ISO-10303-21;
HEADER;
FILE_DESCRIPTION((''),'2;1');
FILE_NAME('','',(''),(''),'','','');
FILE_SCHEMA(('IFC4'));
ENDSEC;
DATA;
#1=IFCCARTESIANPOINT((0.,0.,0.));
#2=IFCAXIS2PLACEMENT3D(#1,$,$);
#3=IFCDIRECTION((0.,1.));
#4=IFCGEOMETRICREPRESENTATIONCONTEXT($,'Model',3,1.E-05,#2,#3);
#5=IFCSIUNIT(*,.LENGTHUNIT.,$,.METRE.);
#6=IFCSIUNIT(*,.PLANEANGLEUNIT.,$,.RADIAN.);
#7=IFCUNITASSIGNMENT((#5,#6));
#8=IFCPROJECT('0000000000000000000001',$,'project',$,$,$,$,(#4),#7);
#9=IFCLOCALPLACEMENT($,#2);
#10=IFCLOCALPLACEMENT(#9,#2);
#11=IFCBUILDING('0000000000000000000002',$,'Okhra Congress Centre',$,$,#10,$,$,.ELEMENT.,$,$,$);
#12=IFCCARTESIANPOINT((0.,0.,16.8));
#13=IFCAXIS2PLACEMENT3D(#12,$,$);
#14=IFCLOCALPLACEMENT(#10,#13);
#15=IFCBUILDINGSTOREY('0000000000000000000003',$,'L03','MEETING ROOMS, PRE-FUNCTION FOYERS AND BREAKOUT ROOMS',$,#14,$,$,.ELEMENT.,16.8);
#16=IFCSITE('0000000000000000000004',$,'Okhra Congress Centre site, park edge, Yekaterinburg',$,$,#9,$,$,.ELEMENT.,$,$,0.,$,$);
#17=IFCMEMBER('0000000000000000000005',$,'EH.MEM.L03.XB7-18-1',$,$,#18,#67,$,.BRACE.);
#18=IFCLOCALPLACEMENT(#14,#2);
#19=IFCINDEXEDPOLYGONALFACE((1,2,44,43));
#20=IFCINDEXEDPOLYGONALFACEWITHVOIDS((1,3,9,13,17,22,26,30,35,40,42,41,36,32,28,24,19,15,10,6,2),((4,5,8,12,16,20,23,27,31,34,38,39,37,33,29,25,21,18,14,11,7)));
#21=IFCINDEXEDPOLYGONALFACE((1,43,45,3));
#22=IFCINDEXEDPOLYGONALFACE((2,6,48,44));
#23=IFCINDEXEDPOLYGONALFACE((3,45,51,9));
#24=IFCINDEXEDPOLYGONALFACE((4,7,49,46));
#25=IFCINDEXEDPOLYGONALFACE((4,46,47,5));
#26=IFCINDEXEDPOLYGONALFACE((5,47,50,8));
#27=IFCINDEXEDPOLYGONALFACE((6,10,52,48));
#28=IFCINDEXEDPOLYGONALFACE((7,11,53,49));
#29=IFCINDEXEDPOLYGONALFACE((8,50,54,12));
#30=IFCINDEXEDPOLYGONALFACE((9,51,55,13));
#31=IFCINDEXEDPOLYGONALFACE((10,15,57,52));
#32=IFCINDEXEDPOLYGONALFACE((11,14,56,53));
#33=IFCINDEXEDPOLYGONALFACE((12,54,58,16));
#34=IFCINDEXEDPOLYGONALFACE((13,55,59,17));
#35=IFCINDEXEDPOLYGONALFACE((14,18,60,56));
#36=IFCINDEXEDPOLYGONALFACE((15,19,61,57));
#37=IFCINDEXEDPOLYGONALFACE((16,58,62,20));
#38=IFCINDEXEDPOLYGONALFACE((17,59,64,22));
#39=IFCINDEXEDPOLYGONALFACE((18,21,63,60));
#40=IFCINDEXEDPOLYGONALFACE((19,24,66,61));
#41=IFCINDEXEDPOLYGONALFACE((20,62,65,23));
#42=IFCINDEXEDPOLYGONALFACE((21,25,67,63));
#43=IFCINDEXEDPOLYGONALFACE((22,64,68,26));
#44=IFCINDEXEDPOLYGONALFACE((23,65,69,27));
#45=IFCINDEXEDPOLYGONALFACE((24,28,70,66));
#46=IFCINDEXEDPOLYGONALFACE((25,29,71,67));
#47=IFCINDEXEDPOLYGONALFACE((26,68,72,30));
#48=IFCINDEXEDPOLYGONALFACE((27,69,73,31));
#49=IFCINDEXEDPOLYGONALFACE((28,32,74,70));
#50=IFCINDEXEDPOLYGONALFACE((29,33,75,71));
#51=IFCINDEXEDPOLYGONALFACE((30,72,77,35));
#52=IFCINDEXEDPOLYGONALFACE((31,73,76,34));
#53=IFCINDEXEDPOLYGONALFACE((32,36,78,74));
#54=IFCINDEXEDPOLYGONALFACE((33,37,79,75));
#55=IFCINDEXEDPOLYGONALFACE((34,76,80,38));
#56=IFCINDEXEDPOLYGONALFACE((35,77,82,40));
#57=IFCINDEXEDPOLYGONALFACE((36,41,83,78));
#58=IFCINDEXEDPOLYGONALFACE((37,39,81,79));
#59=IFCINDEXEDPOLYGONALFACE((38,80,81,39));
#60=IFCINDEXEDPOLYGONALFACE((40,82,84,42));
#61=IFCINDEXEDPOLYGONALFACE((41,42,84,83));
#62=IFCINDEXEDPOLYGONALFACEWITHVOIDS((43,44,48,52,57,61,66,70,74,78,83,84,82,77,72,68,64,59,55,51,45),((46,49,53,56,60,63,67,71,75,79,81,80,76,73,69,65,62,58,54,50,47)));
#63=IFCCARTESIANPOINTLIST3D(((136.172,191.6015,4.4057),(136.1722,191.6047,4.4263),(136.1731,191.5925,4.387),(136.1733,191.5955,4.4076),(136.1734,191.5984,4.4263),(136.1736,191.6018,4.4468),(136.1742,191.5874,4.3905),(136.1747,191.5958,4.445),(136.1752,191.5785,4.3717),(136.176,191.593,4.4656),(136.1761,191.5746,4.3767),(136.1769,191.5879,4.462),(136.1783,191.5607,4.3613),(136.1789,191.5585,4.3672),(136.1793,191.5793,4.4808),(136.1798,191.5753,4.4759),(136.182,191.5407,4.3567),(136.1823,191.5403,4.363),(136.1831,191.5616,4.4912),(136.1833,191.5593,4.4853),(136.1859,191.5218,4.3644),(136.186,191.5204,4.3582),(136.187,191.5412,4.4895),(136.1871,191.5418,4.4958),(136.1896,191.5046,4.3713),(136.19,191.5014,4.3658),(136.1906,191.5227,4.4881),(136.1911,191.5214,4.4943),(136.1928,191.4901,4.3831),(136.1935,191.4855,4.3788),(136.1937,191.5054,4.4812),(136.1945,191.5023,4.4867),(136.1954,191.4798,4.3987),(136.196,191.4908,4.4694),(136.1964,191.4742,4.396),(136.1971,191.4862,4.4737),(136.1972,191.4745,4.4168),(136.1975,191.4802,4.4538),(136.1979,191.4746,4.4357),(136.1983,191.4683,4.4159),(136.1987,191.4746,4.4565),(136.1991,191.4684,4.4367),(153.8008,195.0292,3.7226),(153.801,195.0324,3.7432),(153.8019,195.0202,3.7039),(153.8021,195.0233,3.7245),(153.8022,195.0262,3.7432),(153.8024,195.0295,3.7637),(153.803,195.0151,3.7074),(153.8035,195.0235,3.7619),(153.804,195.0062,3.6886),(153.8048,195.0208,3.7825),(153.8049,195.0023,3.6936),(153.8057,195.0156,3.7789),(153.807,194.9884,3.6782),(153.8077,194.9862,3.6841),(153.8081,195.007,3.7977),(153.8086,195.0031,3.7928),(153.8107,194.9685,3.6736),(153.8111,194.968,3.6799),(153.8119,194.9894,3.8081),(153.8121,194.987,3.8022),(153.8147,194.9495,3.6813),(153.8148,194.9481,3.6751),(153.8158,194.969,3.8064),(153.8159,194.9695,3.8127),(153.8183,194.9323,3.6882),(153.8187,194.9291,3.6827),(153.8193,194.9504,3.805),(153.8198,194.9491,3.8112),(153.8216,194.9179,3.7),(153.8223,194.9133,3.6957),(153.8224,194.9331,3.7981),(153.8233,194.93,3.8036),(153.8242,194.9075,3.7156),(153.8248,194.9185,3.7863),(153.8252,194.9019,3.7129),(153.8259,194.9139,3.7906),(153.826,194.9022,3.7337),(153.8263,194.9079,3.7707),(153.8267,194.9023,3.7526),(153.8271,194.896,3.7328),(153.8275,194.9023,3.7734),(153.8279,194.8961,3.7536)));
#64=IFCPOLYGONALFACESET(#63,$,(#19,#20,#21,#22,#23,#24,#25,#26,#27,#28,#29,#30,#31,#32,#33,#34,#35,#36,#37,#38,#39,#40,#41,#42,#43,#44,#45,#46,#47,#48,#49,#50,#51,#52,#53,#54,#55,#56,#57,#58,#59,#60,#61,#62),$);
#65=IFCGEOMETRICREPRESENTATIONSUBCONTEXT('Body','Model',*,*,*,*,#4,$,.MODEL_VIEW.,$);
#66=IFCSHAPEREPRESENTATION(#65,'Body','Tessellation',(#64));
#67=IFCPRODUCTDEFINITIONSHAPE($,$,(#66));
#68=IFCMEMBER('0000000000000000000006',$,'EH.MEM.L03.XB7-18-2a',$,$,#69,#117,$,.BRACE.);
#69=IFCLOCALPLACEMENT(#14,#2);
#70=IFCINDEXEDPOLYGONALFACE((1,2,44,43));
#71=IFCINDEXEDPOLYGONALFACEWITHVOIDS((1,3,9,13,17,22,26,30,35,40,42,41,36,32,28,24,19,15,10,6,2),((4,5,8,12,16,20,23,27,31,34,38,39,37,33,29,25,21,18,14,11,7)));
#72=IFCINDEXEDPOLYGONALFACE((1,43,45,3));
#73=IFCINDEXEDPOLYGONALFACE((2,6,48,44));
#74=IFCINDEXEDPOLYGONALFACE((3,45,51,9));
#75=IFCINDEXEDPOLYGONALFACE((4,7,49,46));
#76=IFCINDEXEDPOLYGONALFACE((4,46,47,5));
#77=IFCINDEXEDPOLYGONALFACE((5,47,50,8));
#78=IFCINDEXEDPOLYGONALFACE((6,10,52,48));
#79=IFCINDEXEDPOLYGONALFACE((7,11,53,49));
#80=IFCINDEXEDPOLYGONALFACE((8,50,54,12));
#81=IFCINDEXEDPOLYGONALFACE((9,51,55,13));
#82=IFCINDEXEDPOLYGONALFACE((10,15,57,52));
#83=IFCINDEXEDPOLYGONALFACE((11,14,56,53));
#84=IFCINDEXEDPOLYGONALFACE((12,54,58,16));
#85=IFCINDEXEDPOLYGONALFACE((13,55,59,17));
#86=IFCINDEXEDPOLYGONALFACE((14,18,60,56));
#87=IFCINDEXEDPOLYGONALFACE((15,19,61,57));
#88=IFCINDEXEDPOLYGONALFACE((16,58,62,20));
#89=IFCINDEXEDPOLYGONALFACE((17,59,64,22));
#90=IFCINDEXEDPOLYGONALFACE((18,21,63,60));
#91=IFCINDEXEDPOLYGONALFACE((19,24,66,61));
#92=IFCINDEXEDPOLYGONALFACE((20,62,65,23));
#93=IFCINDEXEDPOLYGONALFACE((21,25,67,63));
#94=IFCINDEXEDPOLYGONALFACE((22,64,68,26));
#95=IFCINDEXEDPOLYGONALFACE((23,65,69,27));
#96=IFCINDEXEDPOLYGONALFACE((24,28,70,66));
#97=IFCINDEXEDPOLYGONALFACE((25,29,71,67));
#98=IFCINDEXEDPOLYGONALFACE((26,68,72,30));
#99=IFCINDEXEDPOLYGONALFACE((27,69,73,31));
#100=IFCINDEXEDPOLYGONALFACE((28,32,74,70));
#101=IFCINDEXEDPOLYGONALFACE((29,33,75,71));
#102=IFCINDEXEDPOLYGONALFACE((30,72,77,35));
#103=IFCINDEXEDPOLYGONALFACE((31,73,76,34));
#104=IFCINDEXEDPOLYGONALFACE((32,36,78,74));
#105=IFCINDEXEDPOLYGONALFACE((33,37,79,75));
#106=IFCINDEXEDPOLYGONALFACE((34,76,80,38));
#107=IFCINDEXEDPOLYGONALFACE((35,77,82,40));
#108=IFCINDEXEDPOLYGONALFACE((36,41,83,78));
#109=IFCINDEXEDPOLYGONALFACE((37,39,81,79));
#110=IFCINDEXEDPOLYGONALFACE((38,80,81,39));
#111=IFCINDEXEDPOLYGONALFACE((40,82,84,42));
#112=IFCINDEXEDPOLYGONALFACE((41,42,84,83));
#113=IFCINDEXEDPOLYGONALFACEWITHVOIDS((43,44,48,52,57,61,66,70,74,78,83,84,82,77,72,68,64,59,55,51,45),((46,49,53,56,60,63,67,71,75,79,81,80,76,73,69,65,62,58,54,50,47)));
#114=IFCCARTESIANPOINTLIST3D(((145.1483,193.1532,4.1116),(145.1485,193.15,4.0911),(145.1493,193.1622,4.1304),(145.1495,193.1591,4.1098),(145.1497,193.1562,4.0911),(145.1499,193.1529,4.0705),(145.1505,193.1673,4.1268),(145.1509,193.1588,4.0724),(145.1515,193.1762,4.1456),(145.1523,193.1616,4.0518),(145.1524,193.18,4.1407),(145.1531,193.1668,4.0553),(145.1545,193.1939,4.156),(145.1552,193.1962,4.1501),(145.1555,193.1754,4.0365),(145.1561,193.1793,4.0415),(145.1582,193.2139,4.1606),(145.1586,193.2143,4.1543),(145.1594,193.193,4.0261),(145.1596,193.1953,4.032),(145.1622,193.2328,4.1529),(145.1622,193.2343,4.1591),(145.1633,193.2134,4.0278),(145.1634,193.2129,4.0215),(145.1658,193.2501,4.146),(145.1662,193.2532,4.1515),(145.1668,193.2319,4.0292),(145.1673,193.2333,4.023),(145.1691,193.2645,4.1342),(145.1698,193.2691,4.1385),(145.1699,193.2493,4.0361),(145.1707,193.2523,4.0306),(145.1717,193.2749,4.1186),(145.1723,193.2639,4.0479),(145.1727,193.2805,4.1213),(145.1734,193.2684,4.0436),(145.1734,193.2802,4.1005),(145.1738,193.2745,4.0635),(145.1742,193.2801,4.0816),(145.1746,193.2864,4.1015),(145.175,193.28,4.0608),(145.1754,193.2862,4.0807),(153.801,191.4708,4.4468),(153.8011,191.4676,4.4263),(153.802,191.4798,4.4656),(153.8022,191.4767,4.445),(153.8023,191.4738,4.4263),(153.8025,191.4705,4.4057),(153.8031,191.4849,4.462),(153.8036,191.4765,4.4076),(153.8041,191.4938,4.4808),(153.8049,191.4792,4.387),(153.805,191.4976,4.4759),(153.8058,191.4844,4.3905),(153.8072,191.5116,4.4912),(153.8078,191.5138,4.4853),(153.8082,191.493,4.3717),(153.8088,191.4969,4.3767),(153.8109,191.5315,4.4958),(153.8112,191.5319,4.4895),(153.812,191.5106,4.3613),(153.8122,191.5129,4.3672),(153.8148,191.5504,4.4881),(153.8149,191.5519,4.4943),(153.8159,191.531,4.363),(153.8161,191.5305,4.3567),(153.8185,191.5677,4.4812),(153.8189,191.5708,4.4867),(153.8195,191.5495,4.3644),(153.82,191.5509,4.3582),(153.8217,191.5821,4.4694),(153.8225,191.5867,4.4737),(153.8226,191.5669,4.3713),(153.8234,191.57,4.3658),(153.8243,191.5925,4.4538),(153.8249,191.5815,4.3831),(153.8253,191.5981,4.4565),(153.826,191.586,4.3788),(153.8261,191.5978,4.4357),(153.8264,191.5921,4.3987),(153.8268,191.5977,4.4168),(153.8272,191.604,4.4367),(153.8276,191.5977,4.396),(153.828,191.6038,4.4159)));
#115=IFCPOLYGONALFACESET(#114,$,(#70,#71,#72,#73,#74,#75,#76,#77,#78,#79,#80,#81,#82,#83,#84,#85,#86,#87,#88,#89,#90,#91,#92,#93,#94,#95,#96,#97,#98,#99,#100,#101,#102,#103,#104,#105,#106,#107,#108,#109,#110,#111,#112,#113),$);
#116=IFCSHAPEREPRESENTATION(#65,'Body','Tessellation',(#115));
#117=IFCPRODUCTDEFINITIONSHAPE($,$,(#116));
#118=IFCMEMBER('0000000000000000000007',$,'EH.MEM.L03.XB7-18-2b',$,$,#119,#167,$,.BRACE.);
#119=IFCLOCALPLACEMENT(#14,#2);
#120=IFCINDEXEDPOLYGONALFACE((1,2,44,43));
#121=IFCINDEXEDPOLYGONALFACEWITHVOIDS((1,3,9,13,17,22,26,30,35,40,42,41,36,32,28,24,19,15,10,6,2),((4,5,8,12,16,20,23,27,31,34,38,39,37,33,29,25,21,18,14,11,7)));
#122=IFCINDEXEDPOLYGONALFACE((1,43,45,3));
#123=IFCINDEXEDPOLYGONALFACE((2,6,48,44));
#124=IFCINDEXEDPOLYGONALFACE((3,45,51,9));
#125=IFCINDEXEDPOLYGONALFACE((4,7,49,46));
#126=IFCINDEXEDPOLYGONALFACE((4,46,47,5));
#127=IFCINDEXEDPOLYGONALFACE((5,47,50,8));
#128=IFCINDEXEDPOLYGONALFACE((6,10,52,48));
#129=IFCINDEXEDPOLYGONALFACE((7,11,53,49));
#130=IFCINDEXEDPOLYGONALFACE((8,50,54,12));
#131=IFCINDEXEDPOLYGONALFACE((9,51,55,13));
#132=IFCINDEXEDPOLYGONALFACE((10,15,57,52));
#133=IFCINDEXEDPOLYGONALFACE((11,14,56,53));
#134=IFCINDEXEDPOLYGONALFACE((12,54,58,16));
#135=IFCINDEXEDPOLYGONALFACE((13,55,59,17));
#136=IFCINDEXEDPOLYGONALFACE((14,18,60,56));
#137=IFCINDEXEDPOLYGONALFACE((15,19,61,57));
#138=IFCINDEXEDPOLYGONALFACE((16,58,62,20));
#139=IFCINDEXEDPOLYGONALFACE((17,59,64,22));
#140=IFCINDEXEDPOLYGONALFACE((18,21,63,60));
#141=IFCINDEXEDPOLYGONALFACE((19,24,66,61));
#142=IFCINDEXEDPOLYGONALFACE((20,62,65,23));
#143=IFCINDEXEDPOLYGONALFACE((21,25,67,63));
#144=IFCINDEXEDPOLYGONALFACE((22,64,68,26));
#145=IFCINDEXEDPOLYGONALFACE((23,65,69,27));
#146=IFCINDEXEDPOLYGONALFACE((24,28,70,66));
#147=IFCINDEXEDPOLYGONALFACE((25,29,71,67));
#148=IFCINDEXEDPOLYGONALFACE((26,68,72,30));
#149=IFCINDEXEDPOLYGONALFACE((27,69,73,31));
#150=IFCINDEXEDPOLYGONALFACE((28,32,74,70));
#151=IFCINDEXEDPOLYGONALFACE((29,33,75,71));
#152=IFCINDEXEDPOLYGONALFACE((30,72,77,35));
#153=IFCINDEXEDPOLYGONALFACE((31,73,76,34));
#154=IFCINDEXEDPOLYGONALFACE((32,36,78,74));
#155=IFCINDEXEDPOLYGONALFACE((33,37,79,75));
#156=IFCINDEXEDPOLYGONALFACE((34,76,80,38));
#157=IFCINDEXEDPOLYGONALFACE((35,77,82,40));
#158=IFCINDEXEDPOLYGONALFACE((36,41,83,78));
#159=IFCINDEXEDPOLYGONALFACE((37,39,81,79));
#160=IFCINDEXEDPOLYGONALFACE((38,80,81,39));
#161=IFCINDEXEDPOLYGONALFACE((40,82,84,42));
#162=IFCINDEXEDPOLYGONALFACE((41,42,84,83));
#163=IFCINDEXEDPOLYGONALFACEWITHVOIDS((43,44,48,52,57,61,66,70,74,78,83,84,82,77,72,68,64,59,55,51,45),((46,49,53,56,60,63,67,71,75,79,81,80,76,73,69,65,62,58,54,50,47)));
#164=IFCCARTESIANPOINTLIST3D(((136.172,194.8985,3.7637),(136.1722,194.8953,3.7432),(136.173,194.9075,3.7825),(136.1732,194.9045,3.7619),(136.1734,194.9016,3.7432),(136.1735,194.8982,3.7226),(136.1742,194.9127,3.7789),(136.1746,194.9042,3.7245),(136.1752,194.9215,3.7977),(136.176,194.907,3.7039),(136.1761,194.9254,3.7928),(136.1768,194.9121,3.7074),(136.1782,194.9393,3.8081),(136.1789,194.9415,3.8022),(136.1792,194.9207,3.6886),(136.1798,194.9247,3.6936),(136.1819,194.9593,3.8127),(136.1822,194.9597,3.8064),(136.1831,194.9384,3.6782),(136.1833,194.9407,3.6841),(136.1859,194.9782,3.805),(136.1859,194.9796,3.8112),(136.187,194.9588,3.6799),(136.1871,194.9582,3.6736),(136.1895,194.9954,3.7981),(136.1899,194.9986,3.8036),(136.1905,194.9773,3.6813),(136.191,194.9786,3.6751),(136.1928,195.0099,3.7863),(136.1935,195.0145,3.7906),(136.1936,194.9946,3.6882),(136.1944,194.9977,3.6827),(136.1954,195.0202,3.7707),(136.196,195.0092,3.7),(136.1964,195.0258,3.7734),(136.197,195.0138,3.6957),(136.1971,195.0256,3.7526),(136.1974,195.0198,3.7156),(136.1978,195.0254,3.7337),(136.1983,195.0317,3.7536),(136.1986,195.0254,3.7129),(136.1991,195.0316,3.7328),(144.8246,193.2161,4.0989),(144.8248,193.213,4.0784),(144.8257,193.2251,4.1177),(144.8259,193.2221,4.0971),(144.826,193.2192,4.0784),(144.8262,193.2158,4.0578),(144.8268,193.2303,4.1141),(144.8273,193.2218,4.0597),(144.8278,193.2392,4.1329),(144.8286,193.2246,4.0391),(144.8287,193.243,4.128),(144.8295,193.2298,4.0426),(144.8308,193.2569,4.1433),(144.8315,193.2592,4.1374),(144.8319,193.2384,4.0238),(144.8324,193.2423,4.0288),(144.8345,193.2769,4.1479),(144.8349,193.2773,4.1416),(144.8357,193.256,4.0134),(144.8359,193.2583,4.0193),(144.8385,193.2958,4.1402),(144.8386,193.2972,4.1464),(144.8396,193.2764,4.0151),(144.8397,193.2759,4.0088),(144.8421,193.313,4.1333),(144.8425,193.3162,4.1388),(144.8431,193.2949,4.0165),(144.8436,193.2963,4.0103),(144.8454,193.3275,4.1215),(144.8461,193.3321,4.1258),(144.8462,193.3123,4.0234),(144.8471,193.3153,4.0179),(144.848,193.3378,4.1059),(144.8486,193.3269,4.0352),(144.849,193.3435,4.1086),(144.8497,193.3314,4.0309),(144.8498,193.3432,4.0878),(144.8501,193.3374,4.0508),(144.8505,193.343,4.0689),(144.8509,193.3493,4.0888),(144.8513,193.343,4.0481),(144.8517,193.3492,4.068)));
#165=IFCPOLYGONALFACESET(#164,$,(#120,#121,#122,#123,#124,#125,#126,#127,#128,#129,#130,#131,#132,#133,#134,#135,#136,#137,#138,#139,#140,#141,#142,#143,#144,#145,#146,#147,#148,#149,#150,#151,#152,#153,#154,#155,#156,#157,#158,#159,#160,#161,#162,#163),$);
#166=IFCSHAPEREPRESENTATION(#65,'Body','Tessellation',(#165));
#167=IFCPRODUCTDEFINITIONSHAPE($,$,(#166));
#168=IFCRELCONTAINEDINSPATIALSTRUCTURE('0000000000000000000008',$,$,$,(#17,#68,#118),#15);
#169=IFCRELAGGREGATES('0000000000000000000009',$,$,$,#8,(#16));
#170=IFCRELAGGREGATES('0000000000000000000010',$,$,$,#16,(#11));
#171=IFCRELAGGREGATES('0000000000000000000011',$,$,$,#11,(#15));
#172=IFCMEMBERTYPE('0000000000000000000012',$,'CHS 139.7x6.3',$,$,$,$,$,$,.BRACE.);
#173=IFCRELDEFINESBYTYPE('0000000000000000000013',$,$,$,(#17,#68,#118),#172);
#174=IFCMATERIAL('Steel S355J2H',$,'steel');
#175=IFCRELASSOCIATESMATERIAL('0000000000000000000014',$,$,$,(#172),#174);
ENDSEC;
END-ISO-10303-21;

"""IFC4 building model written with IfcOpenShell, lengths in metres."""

from ifc_helpers import new_model, si_unit, direction, frame, origin, origin_2d, place, context, subcontext, project, spatial, hollow_circle, extrude, material, material_profile, profile_set, type_object, element, save


model = new_model("IFC4")

# Units and contexts
model_context = context("Model", 3, precision=1e-05, world=origin(), true_north=direction((0.0, 1.0)))
body_context = subcontext(model_context, "Body", "Model", "MODEL_VIEW")
ifc_project = project(units=[si_unit("LENGTHUNIT", "METRE"), si_unit("PLANEANGLEUNIT", "RADIAN")], contexts=[model_context])

# Site, building, storey
site_placement = place(None, origin())
site = spatial("IfcSite", under=ifc_project, at=site_placement, Name="Okhra Congress Centre site, park edge, Yekaterinburg", CompositionType="ELEMENT", RefElevation=0.0)
building_placement = place(site_placement, origin())
building = spatial("IfcBuilding", under=site, at=building_placement, Name="Okhra Congress Centre", CompositionType="ELEMENT")
storey_placement = place(building_placement, frame((0.0, 0.0, 16.8)))
storey = spatial("IfcBuildingStorey", under=building, at=storey_placement, Name="L03", Description="MEETING ROOMS, PRE-FUNCTION FOYERS AND BREAKOUT ROOMS", CompositionType="ELEMENT", Elevation=16.8)

# Members
ifc_material_1 = material(Name="Steel S355J2H", Category="steel")
ifc_material_profile_1 = material_profile(ifc_material_1, hollow_circle(Radius=0.0698, WallThickness=0.0063, at=origin_2d()), Name="CHS 139.7x6.3")
ifc_profile_set_1 = profile_set([ifc_material_profile_1], Name="Steel S355J2H")
member_type_1 = type_object("IfcMemberType", Name="CHS 139.7x6.3", PredefinedType="BRACE", material=ifc_profile_set_1)
member_1_placement = place(storey_placement, frame((136.1855, 191.5361, 4.4263), z_axis=(0.980907, 0.190726, -0.038009), x_axis=(-0.190864, 0.981617, 0.0)))
element("IfcMember", 1, at=member_1_placement, inside=storey, type_object=member_type_1, Name="EH.MEM.L03.XB7-18-1", PredefinedType="BRACE", context=body_context, shape_type="SweptSolid", body=[
    extrude(hollow_circle(Radius=0.0698, WallThickness=0.0063, at=origin_2d()), origin(), (0.0, 0.0, 1.0), 17.9719),
])
for number, where, z_axis, x_axis, name in (
    (2, (153.8145, 191.5361, 4.4263), (-0.980908, 0.190724, -0.038001), (-0.190862, -0.981617, 0.0), "EH.MEM.L03.XB7-18-2a"),
    (3, (144.8381, 193.2815, 4.0784), (-0.980908, 0.190724, -0.038001), (-0.190862, -0.981617, 0.0), "EH.MEM.L03.XB7-18-2b"),
):
    element("IfcMember", number, at=place(storey_placement, frame(where, z_axis=z_axis, x_axis=x_axis)), inside=storey, type_object=member_type_1, Name=name, PredefinedType="BRACE", context=body_context, shape_type="SweptSolid", body=[
        extrude(hollow_circle(Radius=0.0698, WallThickness=0.0063, at=origin_2d()), origin(), (0.0, 0.0, 1.0), 8.821),
    ])

save(model, "model.ifc")
